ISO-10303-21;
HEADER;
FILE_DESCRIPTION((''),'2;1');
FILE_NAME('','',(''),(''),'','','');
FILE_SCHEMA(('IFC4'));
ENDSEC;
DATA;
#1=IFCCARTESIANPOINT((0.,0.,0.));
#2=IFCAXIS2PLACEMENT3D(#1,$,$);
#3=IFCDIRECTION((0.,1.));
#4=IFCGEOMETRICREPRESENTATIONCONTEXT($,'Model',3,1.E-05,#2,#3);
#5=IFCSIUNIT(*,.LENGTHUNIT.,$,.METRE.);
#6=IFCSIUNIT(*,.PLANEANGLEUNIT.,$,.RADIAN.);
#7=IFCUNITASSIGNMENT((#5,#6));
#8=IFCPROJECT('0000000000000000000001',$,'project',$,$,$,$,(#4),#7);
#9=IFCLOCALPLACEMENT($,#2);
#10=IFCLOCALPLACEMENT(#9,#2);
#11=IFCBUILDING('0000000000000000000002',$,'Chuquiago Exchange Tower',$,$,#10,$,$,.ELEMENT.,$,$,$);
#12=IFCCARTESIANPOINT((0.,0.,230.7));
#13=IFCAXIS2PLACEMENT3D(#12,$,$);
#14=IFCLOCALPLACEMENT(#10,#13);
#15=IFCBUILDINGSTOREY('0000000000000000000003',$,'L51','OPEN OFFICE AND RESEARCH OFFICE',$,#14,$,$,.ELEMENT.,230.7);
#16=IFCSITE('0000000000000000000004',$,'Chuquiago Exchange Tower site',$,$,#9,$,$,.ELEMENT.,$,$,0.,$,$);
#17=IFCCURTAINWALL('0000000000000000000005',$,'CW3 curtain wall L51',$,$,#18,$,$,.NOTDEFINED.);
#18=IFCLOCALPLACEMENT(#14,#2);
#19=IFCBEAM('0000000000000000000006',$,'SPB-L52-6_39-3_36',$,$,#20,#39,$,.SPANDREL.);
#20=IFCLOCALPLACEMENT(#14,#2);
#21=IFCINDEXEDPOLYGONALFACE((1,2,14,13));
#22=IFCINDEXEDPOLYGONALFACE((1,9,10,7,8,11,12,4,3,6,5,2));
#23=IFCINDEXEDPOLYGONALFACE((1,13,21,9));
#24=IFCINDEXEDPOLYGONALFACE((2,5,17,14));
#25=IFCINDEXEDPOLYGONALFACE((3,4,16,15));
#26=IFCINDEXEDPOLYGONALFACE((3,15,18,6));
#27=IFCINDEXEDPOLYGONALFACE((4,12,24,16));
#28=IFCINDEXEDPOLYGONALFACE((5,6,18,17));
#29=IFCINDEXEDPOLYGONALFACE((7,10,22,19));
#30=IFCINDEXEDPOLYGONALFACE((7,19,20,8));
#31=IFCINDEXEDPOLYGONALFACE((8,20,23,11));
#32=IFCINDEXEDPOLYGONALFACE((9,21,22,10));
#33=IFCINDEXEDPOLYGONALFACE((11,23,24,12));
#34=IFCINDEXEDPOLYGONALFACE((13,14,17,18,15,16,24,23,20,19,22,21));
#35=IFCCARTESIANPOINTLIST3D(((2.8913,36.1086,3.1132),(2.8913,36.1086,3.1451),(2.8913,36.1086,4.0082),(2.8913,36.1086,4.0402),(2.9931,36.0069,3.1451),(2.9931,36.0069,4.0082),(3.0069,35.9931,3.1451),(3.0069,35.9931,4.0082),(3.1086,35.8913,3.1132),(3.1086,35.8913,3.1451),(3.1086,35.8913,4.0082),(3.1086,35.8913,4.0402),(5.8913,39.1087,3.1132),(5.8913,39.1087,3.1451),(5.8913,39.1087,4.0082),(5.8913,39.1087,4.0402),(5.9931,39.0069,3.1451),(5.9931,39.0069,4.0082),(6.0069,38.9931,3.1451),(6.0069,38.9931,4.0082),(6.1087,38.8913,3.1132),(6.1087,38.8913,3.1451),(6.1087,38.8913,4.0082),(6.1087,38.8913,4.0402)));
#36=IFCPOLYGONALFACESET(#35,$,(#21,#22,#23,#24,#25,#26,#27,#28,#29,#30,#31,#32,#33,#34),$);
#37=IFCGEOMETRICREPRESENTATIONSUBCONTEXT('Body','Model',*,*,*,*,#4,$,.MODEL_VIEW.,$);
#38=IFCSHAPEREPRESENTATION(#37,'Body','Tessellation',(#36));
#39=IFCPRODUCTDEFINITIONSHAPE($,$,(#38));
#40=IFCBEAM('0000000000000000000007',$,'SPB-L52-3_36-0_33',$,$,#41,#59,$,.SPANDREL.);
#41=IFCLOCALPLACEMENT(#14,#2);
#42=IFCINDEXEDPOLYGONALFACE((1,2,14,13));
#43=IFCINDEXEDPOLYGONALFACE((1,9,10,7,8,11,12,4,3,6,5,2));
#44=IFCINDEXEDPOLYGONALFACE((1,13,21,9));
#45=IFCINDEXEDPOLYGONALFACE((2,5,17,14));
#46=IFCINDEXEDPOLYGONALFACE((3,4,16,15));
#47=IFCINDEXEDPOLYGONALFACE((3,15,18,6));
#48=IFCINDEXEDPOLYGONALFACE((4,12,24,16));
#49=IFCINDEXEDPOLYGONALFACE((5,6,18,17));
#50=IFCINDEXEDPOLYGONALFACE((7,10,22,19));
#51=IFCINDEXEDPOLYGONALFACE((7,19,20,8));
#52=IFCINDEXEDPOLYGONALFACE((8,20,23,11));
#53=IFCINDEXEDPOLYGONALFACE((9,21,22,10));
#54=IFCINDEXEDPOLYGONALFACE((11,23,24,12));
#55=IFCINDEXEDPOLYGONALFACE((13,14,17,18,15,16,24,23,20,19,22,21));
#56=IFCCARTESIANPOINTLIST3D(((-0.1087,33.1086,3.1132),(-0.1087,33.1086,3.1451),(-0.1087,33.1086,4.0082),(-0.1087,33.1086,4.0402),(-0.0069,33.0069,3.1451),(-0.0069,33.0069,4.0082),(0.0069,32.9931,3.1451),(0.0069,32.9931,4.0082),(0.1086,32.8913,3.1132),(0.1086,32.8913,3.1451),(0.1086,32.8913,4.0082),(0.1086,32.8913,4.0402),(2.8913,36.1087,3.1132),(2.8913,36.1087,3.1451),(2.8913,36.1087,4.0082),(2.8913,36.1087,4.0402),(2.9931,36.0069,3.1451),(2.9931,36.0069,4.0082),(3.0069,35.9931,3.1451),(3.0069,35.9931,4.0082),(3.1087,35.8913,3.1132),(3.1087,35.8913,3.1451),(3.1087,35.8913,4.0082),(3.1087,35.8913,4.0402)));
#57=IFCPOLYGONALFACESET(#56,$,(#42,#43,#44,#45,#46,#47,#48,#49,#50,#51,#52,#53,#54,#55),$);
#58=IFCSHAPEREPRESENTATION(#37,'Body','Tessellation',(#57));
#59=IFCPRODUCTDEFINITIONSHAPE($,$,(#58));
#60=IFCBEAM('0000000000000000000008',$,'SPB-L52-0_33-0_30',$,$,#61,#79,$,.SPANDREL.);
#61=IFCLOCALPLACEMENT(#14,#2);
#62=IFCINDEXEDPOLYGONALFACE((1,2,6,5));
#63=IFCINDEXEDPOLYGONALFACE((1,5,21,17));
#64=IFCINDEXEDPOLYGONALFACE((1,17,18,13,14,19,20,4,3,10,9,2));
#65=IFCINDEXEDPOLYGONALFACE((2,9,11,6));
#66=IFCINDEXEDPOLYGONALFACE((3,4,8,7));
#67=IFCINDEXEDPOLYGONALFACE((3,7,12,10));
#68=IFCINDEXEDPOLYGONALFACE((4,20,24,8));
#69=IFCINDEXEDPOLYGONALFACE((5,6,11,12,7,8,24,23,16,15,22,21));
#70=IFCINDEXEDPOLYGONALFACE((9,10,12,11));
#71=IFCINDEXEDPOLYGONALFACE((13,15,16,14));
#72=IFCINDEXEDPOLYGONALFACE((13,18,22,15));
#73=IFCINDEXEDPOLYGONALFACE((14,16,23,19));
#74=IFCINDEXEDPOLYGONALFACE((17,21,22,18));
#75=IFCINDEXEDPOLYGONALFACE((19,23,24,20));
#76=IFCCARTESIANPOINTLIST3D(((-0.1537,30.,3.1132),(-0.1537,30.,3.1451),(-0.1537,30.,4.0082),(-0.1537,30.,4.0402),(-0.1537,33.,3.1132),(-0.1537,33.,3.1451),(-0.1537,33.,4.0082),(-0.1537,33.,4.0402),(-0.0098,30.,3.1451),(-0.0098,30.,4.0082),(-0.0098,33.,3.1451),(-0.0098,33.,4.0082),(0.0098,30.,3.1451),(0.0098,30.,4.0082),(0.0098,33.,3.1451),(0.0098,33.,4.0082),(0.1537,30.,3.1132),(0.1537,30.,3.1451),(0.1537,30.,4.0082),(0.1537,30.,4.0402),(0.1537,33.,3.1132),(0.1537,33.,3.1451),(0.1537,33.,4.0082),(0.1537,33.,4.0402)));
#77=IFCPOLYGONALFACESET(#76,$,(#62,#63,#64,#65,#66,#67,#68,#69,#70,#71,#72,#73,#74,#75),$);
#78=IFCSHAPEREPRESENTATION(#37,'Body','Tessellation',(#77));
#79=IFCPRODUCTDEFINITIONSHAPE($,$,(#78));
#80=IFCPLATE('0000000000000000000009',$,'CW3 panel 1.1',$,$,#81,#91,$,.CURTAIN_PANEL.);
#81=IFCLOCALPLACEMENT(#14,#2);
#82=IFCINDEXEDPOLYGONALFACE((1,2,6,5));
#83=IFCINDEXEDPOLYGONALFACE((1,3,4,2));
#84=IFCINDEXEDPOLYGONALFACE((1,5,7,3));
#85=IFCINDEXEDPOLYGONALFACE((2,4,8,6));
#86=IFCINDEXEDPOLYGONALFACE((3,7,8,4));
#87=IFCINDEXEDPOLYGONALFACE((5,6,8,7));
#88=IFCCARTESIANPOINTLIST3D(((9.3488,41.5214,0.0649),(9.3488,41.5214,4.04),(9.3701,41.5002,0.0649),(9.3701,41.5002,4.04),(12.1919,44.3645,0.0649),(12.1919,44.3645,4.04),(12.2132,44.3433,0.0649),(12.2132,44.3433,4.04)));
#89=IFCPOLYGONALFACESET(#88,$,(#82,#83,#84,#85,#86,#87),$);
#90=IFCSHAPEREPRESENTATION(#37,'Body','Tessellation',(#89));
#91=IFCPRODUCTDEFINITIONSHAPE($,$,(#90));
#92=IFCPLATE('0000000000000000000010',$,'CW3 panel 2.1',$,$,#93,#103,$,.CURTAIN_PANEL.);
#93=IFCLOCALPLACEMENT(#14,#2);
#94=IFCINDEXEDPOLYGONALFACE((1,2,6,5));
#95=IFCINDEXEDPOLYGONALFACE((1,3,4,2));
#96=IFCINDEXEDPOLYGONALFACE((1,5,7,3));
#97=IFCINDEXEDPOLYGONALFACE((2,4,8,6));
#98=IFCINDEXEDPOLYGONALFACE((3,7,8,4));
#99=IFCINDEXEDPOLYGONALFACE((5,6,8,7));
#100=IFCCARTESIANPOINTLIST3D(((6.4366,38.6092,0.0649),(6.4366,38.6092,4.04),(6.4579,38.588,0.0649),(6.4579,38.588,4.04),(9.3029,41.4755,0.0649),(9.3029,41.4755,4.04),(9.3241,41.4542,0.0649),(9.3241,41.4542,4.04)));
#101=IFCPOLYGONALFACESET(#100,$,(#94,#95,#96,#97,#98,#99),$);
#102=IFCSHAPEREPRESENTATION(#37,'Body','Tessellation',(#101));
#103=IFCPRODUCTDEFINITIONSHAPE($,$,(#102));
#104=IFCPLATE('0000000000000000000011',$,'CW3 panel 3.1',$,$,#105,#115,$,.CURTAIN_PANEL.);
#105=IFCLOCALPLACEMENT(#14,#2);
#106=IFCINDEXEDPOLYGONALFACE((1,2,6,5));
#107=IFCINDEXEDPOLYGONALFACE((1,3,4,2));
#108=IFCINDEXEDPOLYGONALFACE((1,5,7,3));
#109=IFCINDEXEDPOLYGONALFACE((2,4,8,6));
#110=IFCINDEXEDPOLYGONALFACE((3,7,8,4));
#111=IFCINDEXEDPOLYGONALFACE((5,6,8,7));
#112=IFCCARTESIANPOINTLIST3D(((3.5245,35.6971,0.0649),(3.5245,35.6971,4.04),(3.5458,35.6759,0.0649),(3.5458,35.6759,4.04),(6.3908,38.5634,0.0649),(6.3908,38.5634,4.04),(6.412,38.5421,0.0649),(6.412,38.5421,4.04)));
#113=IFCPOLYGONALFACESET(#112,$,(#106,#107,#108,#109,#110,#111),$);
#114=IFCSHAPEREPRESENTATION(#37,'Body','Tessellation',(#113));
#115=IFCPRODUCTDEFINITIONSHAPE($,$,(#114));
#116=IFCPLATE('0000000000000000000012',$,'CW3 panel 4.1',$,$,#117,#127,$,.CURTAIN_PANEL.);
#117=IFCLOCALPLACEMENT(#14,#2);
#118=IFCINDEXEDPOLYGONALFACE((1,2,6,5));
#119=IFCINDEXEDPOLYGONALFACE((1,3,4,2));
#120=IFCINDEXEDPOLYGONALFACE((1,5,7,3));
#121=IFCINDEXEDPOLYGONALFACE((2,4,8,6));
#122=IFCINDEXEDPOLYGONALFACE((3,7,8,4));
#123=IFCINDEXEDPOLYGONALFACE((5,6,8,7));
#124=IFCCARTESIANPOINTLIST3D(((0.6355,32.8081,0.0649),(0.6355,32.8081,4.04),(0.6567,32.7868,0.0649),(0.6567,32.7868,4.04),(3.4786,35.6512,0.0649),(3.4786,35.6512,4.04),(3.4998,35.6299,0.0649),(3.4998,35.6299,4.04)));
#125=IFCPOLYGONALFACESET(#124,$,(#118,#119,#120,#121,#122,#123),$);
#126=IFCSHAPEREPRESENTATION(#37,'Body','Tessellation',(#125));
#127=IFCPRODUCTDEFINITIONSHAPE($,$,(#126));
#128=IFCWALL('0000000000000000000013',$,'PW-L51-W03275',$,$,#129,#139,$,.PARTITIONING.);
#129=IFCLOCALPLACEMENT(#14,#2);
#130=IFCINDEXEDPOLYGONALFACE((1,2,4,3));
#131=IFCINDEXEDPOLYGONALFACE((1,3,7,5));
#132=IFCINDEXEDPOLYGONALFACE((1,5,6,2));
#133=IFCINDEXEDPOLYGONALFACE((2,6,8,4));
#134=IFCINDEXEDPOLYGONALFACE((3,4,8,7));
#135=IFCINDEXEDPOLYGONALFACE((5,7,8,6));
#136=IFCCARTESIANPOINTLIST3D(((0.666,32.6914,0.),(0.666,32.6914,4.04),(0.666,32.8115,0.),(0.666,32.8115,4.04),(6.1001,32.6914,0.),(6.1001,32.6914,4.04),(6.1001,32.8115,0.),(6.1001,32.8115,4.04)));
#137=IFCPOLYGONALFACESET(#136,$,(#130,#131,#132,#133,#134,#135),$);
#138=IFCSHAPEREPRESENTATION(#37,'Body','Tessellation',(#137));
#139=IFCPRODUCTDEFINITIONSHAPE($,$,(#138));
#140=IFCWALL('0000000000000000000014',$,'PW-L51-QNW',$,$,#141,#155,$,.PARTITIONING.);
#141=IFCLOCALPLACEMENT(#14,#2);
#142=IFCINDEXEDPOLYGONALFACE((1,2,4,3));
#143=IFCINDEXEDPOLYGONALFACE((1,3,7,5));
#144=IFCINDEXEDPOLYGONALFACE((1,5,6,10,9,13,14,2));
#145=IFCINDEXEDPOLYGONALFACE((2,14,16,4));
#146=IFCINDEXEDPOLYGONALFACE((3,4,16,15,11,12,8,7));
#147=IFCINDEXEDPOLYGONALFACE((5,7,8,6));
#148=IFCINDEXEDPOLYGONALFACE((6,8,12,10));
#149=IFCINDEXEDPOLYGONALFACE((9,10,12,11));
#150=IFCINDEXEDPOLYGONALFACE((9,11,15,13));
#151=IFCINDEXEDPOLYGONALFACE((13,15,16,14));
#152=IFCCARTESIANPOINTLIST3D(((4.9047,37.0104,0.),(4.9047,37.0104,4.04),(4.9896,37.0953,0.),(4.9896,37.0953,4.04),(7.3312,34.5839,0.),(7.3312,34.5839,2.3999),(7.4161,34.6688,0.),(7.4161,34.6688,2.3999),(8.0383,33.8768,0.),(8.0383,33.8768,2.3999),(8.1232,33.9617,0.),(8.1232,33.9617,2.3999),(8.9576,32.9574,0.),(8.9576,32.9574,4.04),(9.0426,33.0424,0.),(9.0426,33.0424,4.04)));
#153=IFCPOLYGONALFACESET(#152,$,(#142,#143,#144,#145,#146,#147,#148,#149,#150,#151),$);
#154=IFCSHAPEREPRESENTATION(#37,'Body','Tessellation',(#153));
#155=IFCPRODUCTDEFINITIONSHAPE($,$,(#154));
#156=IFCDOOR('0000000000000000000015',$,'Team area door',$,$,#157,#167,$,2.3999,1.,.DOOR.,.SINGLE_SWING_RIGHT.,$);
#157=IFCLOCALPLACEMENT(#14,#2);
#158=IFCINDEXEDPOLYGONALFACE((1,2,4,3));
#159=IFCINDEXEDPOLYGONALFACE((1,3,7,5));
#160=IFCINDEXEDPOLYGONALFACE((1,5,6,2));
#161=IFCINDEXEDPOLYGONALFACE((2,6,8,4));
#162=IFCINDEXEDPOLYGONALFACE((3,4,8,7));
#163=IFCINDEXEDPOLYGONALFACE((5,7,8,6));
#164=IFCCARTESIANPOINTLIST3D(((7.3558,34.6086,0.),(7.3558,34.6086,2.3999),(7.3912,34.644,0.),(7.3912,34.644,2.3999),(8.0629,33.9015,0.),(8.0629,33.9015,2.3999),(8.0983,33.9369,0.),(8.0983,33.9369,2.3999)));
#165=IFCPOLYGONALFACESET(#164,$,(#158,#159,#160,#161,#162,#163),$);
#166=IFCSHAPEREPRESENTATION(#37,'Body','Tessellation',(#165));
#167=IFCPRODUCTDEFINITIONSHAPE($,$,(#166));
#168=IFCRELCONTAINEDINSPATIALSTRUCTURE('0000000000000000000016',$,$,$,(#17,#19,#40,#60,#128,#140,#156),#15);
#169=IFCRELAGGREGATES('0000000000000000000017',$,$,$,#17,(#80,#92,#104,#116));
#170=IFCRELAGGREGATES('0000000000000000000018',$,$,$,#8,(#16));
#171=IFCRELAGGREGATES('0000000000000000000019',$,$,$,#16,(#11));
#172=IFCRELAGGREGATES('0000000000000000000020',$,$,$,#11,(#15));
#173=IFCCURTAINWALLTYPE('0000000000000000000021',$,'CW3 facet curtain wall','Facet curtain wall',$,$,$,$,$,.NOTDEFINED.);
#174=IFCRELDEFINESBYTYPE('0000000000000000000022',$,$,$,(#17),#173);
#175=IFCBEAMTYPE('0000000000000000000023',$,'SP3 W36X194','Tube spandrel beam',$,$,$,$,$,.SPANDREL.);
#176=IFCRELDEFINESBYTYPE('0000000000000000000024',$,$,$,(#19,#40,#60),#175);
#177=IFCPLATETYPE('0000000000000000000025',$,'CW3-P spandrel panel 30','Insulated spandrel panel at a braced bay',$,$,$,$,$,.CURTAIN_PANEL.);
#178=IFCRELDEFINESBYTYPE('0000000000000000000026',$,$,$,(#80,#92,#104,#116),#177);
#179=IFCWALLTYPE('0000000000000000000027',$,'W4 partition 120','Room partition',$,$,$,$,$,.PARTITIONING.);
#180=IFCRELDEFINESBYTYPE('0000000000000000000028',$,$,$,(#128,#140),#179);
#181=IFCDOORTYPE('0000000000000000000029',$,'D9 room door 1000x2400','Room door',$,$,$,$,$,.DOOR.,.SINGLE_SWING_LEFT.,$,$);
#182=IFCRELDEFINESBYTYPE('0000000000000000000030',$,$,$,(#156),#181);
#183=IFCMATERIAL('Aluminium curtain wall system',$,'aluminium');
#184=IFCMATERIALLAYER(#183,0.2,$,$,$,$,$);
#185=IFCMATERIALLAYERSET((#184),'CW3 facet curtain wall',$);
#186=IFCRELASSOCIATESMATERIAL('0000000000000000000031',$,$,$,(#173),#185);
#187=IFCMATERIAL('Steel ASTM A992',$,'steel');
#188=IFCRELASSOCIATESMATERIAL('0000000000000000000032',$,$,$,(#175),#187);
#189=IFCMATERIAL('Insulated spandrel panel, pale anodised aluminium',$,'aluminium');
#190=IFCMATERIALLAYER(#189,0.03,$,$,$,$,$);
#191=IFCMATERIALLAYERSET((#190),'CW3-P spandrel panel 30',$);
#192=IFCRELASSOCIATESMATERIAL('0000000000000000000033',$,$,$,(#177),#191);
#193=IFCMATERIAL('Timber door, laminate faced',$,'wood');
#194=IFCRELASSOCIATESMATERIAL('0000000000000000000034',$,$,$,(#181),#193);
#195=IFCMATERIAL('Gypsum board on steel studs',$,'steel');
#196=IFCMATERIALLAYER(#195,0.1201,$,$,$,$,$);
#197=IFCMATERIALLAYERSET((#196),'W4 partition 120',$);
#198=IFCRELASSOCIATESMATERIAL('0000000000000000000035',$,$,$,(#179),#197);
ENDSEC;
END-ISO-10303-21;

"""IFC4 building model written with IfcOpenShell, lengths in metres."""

from ifc_helpers import new_model, si_unit, direction, frame, frame_2d, origin, origin_2d, place, context, subcontext, project, spatial, rectangle, i_section, extrude, material, layer, layer_set, material_profile, profile_set, type_object, element, fill, aggregate, save


model = new_model("IFC4")

# Units and contexts
model_context = context("Model", 3, precision=1e-05, world=origin(), true_north=direction((0.0, 1.0)))
body_context = subcontext(model_context, "Body", "Model", "MODEL_VIEW")
ifc_project = project(units=[si_unit("LENGTHUNIT", "METRE"), si_unit("PLANEANGLEUNIT", "RADIAN")], contexts=[model_context])

# Site, building, storey
site_placement = place(None, origin())
site = spatial("IfcSite", under=ifc_project, at=site_placement, Name="Chuquiago Exchange Tower site", CompositionType="ELEMENT", RefElevation=0.0)
building_placement = place(site_placement, origin())
building = spatial("IfcBuilding", under=site, at=building_placement, Name="Chuquiago Exchange Tower", CompositionType="ELEMENT")
storey_placement = place(building_placement, frame((0.0, 0.0, 230.7)))
storey = spatial("IfcBuildingStorey", under=building, at=storey_placement, Name="L51", Description="OPEN OFFICE AND RESEARCH OFFICE", CompositionType="ELEMENT", Elevation=230.7)

# Curtain wall
ifc_material_1 = material(Name="Aluminium curtain wall system", Category="aluminium")
ifc_layer_1 = layer(ifc_material_1, 0.2)
ifc_layer_set_1 = layer_set([ifc_layer_1], Name="CW3 facet curtain wall")
curtain_wall_type = type_object("IfcCurtainWallType", Name="CW3 facet curtain wall", Description="Facet curtain wall", PredefinedType="NOTDEFINED", material=ifc_layer_set_1)
curtain_wall_placement = place(storey_placement, origin())
curtain_wall = element("IfcCurtainWall", 1, at=curtain_wall_placement, inside=storey, type_object=curtain_wall_type, Name="CW3 curtain wall L51", PredefinedType="NOTDEFINED")

# Beams
ifc_material_2 = material(Name="Steel ASTM A992", Category="steel")
ifc_material_profile_1 = material_profile(ifc_material_2, i_section(OverallWidth=0.3074, OverallDepth=0.927, WebThickness=0.0195, FlangeThickness=0.032, at=origin_2d()), Name="W36X194")
ifc_profile_set_1 = profile_set([ifc_material_profile_1], Name="Steel ASTM A992")
beam_type_1 = type_object("IfcBeamType", Name="SP3 W36X194", Description="Tube spandrel beam", PredefinedType="SPANDREL", material=ifc_profile_set_1)
for number, where, z_axis, x_axis, name in (
    (2, (6.0, 39.0, 3.5767), (-0.707107, -0.707107, 0.0), (0.707107, -0.707107, 0.0), "SPB-L52-6_39-3_36"),
    (3, (3.0, 36.0, 3.5767), (-0.707107, -0.707107, 0.0), (0.707107, -0.707107, 0.0), "SPB-L52-3_36-0_33"),
):
    element("IfcBeam", number, at=place(storey_placement, frame(where, z_axis=z_axis, x_axis=x_axis)), inside=storey, type_object=beam_type_1, Name=name, PredefinedType="SPANDREL", context=body_context, shape_type="SweptSolid", body=[
        extrude(i_section(OverallWidth=0.3074, OverallDepth=0.927, WebThickness=0.0195, FlangeThickness=0.032, at=origin_2d()), origin(), (0.0, 0.0, 1.0), 4.2427),
    ])
beam_1_placement = place(storey_placement, frame((0.0, 33.0, 3.5767), z_axis=(0.0, -1.0, 0.0), x_axis=(1.0, 0.0, 0.0)))
element("IfcBeam", 4, at=beam_1_placement, inside=storey, type_object=beam_type_1, Name="SPB-L52-0_33-0_30", PredefinedType="SPANDREL", context=body_context, shape_type="SweptSolid", body=[
    extrude(i_section(OverallWidth=0.3074, OverallDepth=0.927, WebThickness=0.0195, FlangeThickness=0.032, at=origin_2d()), origin(), (0.0, 0.0, 1.0), 3.0),
])

# Plates
ifc_material_3 = material(Name="Insulated spandrel panel, pale anodised aluminium", Category="aluminium")
ifc_layer_2 = layer(ifc_material_3, 0.03)
ifc_layer_set_2 = layer_set([ifc_layer_2], Name="CW3-P spandrel panel 30")
plate_type = type_object("IfcPlateType", Name="CW3-P spandrel panel 30", Description="Insulated spandrel panel at a braced bay", PredefinedType="CURTAIN_PANEL", material=ifc_layer_set_2)
plate_1_placement = place(storey_placement, frame((10.781, 42.9324, 0.0649), z_axis=(0.0, 0.0, 1.0), x_axis=(-0.707107, -0.707107, 0.0)))
plate_1 = element("IfcPlate", 5, at=plate_1_placement, type_object=plate_type, Name="CW3 panel 1.1", PredefinedType="CURTAIN_PANEL", context=body_context, shape_type="SweptSolid", body=[
    extrude(rectangle(XDim=4.0208, YDim=0.03, at=origin_2d()), origin(), (0.0, 0.0, 1.0), 3.9751),
])
plate_2_placement = place(storey_placement, frame((7.8804, 40.0317, 0.0649), z_axis=(0.0, 0.0, 1.0), x_axis=(-0.707107, -0.707107, 0.0)))
plate_2 = element("IfcPlate", 6, at=plate_2_placement, type_object=plate_type, Name="CW3 panel 2.1", PredefinedType="CURTAIN_PANEL", context=body_context, shape_type="SweptSolid", body=[
    extrude(rectangle(XDim=4.0535, YDim=0.03, at=origin_2d()), origin(), (0.0, 0.0, 1.0), 3.9751),
])
plate_3_placement = place(storey_placement, frame((4.9683, 37.1196, 0.0649), z_axis=(0.0, 0.0, 1.0), x_axis=(-0.707107, -0.707107, 0.0)))
plate_3 = element("IfcPlate", 7, at=plate_3_placement, type_object=plate_type, Name="CW3 panel 3.1", PredefinedType="CURTAIN_PANEL", context=body_context, shape_type="SweptSolid", body=[
    extrude(rectangle(XDim=4.0535, YDim=0.03, at=origin_2d()), origin(), (0.0, 0.0, 1.0), 3.9751),
])
plate_4_placement = place(storey_placement, frame((2.0676, 34.219, 0.0649), z_axis=(0.0, 0.0, 1.0), x_axis=(-0.707107, -0.707107, 0.0)))
plate_4 = element("IfcPlate", 8, at=plate_4_placement, type_object=plate_type, Name="CW3 panel 4.1", PredefinedType="CURTAIN_PANEL", context=body_context, shape_type="SweptSolid", body=[
    extrude(rectangle(XDim=4.0208, YDim=0.03, at=origin_2d()), origin(), (0.0, 0.0, 1.0), 3.9751),
])
aggregate(curtain_wall, [plate_1, plate_2, plate_3, plate_4])

# Shared definitions
ifc_material_4 = material(Name="Timber door, laminate faced", Category="wood")
door_type = type_object("IfcDoorType", Name="D9 room door 1000x2400", Description="Room door", OperationType="SINGLE_SWING_LEFT", PredefinedType="DOOR", material=ifc_material_4)

# Wall
ifc_material_5 = material(Name="Gypsum board on steel studs", Category="steel")
ifc_layer_3 = layer(ifc_material_5, 0.1201)
ifc_layer_set_3 = layer_set([ifc_layer_3], Name="W4 partition 120")
wall_type_1 = type_object("IfcWallType", Name="W4 partition 120", Description="Room partition", PredefinedType="PARTITIONING", material=ifc_layer_set_3)
wall_1_placement = place(storey_placement, frame((0.666, 32.7515, 0.0), z_axis=(0.0, 0.0, 1.0), x_axis=(1.0, 0.0, 0.0)))
element("IfcWall", 9, at=wall_1_placement, inside=storey, type_object=wall_type_1, Name="PW-L51-W03275", PredefinedType="PARTITIONING", context=body_context, shape_type="SweptSolid", body=[
    extrude(rectangle(XDim=5.4341, YDim=0.1201, at=frame_2d((2.717, 0.0))), origin(), (0.0, 0.0, 1.0), 4.04),
])

# Wall, opening, door
wall_2_placement = place(storey_placement, frame((9.0, 33.0, 0.0), z_axis=(0.0, 0.0, 1.0), x_axis=(-0.707107, 0.707107, 0.0)))
wall_2 = element("IfcWall", 10, at=wall_2_placement, inside=storey, type_object=wall_type_1, Name="PW-L51-QNW", PredefinedType="PARTITIONING", context=body_context, shape_type="SweptSolid", body=[
    extrude(rectangle(XDim=5.7317, YDim=0.1201, at=frame_2d((2.8657, 0.0))), origin(), (0.0, 0.0, 1.0), 4.04),
])
opening_1_placement = place(wall_2_placement, frame((1.3, 0.0, 0.0)))
opening_1 = element("IfcOpeningElement", 11, at=opening_1_placement, cuts=wall_2, PredefinedType="OPENING", context=body_context, shape_type="SweptSolid", body=[
    extrude(rectangle(XDim=1.0, YDim=2.3999, at=frame_2d((0.5, 1.2))), frame((0.0, 0.0701, 0.0), z_axis=(0.0, -1.0, 0.0), x_axis=(1.0, 0.0, 0.0)), (0.0, 0.0, 1.0), 0.1401),
])
door_1_placement = place(opening_1_placement, frame((1.0, 0.0, 0.0), z_axis=(0.0, 0.0, 1.0), x_axis=(-1.0, 0.0, 0.0)))
door_1 = element("IfcDoor", 12, at=door_1_placement, inside=storey, type_object=door_type, Name="Team area door", OperationType="SINGLE_SWING_RIGHT", OverallHeight=2.3999, OverallWidth=1.0, PredefinedType="DOOR", context=body_context, shape_type="SweptSolid", body=[
    extrude(rectangle(XDim=1.0, YDim=2.3999, at=frame_2d((0.5, 1.2))), frame((0.0, 0.0249, 0.0), z_axis=(0.0, -1.0, 0.0), x_axis=(1.0, 0.0, 0.0)), (0.0, 0.0, 1.0), 0.05),
])
fill(opening_1, door_1)

save(model, "model.ifc")
